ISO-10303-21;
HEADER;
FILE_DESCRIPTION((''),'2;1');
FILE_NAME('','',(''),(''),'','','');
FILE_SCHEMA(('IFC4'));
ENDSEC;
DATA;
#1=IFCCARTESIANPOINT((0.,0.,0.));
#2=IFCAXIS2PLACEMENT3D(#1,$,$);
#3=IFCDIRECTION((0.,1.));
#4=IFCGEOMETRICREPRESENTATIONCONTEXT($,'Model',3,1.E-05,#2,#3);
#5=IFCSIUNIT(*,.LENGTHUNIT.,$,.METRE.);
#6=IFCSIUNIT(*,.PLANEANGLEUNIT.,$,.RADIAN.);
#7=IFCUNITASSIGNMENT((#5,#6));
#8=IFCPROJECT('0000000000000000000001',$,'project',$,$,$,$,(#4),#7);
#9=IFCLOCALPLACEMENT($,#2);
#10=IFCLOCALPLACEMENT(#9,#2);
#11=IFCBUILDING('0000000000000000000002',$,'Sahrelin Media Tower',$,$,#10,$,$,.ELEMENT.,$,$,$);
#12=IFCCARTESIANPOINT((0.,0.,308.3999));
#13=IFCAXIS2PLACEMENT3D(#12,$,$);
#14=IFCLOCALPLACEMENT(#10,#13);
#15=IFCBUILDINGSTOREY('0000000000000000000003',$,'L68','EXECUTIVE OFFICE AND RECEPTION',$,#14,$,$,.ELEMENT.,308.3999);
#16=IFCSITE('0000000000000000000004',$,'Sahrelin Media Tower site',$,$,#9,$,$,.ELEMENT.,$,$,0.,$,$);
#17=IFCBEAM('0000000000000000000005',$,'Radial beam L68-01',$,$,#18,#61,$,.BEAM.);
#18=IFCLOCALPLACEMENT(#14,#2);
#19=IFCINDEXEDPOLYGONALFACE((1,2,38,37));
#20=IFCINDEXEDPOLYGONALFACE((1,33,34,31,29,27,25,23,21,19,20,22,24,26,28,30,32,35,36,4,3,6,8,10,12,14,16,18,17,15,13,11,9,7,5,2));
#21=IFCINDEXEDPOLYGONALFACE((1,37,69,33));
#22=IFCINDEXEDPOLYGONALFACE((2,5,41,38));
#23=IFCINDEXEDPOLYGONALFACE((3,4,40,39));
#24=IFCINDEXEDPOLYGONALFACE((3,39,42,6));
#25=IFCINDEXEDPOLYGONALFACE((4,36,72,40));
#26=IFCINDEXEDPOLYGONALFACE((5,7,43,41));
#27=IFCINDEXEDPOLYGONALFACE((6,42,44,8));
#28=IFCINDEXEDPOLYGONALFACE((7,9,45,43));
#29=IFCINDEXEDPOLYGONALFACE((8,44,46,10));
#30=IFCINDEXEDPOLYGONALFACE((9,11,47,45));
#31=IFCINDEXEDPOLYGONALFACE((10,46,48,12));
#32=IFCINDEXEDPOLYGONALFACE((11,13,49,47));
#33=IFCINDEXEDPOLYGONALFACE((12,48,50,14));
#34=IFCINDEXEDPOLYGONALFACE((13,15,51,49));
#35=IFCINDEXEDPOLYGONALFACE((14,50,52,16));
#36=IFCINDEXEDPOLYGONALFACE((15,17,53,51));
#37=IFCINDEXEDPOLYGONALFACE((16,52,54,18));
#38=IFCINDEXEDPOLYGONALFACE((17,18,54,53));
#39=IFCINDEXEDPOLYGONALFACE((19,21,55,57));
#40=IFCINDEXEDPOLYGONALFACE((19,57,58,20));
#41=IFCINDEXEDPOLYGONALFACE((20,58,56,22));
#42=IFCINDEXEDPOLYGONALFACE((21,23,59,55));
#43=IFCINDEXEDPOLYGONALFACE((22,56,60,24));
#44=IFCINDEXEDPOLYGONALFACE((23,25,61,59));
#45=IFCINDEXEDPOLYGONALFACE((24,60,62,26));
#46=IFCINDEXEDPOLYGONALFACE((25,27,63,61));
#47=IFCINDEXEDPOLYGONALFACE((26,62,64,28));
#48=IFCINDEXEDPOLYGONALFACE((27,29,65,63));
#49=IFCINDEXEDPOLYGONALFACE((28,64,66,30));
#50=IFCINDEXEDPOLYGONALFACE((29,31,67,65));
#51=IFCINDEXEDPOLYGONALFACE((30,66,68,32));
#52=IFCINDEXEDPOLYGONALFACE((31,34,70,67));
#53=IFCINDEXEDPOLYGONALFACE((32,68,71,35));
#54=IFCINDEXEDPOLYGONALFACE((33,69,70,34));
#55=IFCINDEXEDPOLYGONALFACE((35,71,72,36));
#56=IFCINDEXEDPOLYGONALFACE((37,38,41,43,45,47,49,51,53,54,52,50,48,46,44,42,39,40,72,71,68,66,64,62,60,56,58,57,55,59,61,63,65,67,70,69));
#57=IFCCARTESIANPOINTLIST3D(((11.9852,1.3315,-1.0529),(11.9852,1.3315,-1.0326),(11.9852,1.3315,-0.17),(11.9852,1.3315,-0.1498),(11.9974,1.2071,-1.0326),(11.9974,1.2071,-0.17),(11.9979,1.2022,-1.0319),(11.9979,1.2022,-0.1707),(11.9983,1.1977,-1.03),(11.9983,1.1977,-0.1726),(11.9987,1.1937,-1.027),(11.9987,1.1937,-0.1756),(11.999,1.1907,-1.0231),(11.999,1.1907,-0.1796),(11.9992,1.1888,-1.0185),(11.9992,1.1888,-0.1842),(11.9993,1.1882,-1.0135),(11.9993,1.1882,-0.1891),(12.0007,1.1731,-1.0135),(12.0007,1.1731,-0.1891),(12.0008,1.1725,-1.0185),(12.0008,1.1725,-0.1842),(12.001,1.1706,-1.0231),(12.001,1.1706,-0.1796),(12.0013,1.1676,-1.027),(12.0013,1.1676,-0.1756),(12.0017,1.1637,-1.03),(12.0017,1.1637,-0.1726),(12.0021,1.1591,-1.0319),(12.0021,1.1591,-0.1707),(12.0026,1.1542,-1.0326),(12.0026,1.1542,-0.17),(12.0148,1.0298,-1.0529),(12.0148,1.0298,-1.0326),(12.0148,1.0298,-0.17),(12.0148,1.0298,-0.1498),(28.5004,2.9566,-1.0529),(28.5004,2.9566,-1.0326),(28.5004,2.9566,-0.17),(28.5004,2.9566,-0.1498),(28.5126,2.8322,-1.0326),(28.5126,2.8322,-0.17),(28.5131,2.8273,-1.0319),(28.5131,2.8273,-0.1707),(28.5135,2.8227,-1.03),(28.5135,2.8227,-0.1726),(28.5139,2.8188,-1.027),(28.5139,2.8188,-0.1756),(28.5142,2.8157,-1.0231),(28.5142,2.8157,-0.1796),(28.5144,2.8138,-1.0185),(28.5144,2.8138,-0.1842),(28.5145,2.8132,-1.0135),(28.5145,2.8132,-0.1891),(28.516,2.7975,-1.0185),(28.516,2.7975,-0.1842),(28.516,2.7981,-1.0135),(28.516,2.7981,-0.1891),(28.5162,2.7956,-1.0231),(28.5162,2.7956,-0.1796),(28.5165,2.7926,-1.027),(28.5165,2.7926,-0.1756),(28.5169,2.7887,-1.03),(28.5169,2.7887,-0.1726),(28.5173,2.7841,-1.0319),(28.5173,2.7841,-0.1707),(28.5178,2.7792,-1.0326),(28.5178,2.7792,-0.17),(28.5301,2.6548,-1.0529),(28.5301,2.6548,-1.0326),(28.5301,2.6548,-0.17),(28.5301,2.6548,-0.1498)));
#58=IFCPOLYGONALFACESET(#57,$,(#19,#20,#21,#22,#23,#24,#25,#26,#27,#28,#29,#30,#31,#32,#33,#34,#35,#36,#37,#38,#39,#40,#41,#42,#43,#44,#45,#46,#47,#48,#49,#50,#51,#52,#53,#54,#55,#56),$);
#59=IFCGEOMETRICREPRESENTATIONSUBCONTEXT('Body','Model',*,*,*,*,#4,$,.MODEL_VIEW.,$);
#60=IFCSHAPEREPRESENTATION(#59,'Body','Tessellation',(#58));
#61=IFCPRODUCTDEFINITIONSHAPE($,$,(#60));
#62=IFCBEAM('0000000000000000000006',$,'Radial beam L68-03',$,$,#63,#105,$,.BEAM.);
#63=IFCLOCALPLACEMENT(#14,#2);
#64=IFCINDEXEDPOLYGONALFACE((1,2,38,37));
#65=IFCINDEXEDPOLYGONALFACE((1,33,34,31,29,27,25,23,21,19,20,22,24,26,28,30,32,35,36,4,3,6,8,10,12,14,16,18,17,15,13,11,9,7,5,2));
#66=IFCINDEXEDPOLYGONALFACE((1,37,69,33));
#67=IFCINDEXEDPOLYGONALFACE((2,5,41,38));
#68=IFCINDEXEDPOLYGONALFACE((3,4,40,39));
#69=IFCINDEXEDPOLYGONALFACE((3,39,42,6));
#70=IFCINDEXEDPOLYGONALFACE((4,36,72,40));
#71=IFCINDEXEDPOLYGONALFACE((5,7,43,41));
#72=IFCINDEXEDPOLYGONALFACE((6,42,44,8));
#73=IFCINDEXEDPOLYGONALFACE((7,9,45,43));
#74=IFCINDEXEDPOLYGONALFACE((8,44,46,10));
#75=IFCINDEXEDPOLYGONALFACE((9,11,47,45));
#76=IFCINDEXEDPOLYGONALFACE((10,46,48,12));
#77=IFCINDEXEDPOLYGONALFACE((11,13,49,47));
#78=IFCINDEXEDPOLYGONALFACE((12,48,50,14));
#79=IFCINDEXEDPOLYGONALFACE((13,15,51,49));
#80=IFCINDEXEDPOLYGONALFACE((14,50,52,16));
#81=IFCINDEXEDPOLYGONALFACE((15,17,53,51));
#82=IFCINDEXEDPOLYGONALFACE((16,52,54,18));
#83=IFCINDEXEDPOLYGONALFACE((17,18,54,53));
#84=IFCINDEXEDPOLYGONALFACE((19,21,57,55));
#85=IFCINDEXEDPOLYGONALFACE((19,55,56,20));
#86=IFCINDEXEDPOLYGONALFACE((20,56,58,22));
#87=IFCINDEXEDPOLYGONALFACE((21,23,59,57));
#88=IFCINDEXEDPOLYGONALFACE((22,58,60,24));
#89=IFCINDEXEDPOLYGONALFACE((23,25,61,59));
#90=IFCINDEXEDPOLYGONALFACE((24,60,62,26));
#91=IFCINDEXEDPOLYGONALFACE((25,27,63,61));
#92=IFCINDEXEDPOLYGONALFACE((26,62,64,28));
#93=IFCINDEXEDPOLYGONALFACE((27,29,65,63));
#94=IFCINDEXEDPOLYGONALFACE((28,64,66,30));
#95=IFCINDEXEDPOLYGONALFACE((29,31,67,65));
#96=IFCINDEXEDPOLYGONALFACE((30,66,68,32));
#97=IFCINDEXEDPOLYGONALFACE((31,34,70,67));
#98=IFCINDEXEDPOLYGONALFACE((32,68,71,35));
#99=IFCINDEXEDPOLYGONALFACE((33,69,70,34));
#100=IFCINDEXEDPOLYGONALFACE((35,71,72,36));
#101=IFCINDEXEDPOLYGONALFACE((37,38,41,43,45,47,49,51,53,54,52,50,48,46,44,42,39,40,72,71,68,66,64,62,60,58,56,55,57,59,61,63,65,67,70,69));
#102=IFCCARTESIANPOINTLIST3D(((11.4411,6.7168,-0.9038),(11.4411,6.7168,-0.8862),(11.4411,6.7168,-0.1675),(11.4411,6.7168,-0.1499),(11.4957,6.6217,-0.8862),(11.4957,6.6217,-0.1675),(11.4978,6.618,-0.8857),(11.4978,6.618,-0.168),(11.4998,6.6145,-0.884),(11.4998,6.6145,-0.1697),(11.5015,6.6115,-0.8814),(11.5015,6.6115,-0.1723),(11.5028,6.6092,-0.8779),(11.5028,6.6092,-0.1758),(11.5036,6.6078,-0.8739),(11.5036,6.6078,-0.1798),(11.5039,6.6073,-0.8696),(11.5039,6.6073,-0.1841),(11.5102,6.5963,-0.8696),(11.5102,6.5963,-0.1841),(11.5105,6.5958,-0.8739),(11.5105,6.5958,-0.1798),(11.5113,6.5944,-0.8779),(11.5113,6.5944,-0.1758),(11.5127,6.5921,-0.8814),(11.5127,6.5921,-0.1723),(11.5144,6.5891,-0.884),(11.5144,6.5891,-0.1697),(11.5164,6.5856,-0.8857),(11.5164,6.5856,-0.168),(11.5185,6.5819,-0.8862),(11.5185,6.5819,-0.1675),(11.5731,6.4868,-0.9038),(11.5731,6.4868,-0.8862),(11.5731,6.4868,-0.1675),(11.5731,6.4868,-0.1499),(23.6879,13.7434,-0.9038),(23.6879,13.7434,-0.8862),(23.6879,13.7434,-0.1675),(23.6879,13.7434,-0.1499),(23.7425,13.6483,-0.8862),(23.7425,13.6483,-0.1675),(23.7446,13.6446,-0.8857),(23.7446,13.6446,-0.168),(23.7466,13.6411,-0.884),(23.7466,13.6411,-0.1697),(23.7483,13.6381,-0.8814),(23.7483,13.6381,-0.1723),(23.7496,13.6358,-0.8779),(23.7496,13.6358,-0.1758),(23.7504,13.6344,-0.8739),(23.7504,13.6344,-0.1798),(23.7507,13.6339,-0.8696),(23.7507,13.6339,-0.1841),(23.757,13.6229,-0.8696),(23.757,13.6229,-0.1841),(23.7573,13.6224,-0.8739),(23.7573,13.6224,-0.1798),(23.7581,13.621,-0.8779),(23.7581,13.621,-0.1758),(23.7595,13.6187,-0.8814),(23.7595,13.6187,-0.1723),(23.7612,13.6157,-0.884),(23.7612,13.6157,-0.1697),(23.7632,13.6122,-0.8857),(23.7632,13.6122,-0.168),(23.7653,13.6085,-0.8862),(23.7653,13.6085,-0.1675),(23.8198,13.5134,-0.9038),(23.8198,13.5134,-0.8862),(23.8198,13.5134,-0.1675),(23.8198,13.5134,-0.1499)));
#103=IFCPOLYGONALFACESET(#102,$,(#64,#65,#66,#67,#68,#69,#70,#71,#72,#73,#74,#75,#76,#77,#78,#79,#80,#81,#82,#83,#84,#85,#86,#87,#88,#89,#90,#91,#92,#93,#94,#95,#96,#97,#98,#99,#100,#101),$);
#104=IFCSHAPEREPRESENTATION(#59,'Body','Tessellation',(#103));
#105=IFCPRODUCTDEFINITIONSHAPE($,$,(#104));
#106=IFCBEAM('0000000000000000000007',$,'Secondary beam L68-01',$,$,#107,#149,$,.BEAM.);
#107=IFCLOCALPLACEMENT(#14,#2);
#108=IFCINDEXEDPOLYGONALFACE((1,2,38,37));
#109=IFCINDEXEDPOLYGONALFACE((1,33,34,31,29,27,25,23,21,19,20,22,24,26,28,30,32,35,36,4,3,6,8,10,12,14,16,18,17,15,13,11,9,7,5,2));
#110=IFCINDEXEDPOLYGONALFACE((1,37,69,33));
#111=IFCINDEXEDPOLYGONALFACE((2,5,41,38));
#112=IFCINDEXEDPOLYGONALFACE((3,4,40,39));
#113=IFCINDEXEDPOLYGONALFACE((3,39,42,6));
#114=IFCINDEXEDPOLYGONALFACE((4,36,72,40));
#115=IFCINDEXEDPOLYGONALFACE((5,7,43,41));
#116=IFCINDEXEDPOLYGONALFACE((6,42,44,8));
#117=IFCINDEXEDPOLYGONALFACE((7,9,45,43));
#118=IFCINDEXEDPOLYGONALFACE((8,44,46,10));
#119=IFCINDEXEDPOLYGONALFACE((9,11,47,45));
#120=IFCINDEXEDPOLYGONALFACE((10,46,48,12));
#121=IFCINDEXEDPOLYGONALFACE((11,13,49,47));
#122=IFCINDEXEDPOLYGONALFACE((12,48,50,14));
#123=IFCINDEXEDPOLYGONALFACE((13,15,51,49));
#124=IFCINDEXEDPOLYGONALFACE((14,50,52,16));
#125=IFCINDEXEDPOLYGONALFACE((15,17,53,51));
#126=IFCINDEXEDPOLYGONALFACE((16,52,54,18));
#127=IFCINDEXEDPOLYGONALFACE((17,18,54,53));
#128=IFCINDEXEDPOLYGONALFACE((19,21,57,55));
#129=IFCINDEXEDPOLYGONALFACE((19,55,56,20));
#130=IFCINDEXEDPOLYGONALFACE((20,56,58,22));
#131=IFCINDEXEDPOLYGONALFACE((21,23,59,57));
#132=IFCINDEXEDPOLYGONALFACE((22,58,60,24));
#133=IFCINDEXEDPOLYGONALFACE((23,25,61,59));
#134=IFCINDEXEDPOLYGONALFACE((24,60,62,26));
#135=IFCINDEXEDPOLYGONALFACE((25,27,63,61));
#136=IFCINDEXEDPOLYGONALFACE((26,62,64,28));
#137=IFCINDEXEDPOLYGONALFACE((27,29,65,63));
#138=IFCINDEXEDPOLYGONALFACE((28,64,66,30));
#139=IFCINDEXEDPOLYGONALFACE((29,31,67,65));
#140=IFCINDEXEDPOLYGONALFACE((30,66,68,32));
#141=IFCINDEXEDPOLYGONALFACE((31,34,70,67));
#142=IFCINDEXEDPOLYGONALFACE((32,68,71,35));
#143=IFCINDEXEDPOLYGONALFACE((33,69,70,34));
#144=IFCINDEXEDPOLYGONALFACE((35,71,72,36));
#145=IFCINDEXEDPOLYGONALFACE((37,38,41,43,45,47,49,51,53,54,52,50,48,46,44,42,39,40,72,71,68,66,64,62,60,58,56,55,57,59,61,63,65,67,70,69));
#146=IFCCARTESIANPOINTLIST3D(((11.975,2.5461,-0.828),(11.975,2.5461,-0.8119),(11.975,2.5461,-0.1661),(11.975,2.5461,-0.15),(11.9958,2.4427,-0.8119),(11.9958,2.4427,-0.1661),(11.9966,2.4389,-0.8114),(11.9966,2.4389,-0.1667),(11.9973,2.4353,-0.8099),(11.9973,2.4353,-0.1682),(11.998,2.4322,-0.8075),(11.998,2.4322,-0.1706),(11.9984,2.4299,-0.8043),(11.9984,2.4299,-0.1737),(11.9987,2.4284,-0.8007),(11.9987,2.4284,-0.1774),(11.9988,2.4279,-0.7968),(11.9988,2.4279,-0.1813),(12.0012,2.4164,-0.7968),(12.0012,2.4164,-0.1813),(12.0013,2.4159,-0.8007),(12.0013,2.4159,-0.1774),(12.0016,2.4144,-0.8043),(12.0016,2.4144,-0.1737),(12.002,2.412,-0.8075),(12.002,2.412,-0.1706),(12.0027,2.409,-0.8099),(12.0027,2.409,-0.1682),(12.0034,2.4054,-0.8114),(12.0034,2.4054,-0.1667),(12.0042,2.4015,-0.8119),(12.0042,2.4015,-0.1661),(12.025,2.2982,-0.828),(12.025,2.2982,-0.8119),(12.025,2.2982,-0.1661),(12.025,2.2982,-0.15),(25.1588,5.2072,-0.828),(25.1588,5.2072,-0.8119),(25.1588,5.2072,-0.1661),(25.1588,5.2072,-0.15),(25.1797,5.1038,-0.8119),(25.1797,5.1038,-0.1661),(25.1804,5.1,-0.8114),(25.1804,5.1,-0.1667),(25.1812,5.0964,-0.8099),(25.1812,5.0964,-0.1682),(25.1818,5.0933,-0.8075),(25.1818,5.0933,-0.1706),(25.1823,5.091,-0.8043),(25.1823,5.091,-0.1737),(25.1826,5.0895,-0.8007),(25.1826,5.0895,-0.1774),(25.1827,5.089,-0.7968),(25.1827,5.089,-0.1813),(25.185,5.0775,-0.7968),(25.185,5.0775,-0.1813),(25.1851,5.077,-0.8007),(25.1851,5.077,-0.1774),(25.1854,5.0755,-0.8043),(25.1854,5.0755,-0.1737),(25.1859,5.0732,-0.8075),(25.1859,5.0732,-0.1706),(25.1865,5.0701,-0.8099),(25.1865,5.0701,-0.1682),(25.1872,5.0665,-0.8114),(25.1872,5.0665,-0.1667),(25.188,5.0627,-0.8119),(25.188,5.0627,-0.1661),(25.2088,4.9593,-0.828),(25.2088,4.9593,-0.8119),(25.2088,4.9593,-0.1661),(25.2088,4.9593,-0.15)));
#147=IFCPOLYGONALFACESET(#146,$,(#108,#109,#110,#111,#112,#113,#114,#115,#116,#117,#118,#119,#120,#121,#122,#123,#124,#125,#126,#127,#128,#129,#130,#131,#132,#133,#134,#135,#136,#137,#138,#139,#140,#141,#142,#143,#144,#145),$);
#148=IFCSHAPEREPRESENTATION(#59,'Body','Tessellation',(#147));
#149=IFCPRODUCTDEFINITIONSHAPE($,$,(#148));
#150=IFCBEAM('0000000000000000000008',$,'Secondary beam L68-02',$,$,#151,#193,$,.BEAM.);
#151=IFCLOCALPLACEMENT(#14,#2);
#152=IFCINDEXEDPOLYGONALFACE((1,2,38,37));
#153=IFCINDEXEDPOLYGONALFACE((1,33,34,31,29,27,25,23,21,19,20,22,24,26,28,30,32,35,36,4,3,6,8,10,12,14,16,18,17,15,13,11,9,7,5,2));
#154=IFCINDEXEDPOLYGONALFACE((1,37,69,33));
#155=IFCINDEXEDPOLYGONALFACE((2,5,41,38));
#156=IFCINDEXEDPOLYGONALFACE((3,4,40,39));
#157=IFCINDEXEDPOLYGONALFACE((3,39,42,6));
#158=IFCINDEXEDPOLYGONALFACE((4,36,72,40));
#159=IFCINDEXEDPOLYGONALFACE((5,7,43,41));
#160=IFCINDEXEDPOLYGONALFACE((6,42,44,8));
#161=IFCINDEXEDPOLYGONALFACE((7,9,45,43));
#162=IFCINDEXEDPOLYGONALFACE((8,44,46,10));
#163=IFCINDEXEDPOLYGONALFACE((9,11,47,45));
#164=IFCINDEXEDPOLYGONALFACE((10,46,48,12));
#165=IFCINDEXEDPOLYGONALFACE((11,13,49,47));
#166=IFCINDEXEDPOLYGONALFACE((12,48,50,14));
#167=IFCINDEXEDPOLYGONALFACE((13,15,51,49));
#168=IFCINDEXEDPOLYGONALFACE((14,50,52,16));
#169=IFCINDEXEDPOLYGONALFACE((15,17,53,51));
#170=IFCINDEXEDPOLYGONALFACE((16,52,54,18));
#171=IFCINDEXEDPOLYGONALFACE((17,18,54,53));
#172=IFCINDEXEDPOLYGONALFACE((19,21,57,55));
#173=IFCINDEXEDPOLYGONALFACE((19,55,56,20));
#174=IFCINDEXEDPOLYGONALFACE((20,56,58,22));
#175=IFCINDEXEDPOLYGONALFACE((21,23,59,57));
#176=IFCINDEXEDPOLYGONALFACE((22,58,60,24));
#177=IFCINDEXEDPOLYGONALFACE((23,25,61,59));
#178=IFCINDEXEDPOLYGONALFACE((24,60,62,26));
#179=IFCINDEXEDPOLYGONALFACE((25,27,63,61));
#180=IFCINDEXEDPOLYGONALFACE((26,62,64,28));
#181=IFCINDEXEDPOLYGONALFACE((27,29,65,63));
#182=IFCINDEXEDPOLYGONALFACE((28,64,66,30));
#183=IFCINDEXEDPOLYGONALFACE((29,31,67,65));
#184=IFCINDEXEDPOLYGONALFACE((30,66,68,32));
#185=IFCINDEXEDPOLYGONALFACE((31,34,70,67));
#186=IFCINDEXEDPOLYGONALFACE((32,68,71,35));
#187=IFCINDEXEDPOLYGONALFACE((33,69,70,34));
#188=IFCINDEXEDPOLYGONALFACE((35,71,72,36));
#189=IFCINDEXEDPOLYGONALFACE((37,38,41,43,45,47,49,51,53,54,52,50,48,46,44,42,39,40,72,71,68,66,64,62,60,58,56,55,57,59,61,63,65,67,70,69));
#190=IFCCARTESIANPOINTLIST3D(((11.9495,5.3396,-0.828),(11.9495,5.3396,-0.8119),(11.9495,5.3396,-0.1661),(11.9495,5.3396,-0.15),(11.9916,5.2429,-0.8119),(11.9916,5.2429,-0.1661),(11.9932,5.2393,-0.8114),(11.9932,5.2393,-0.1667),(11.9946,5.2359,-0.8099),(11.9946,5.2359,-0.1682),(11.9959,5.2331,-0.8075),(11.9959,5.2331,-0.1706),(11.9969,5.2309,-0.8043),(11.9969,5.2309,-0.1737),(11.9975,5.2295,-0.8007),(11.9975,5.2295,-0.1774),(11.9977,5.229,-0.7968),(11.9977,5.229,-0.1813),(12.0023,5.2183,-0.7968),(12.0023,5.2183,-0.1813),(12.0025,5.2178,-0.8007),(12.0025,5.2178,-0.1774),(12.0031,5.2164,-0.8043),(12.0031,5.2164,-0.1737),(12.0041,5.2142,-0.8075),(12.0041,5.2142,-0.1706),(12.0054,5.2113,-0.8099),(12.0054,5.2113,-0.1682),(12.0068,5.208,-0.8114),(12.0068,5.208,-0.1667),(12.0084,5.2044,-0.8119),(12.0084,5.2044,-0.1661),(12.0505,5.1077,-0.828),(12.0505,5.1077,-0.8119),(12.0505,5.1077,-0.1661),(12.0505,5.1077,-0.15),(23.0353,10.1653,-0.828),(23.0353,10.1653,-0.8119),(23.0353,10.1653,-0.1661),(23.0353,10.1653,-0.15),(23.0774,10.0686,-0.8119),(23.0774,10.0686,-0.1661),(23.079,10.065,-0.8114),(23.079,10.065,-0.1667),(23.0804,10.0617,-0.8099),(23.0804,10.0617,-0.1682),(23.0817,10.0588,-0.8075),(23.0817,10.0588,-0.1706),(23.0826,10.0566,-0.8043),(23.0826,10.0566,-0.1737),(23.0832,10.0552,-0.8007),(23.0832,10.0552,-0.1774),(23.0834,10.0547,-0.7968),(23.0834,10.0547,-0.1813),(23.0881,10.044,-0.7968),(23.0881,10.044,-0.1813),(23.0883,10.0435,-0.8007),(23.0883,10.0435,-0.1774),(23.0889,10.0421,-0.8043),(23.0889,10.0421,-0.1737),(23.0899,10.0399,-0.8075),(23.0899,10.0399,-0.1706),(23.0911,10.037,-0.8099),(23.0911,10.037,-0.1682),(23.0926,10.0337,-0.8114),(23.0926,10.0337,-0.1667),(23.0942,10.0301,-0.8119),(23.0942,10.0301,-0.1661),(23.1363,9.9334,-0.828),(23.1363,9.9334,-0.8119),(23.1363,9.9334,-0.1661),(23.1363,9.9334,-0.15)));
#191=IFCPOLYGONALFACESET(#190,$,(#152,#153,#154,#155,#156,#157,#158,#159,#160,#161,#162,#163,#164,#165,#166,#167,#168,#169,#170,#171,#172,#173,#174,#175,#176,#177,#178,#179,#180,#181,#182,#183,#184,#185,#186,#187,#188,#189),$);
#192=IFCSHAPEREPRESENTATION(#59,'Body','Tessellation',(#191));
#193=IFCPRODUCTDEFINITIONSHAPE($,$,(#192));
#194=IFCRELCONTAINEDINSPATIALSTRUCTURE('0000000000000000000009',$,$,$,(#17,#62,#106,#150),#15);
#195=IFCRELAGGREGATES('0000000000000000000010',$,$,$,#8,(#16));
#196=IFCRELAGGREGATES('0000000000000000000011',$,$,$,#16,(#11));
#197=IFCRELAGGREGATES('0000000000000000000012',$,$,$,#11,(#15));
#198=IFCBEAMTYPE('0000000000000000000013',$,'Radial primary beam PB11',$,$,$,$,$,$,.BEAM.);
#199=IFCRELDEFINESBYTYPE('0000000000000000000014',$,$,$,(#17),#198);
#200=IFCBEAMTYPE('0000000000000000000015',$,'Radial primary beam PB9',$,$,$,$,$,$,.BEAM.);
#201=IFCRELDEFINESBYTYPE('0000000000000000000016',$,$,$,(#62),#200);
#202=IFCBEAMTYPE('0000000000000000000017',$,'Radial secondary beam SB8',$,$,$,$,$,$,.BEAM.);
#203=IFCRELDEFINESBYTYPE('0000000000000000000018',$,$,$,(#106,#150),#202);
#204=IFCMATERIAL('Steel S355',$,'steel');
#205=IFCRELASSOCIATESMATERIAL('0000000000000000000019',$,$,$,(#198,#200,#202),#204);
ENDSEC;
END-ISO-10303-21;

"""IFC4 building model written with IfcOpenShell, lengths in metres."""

from ifc_helpers import new_model, si_unit, direction, frame, origin, origin_2d, place, context, subcontext, project, spatial, i_section, extrude, material, material_profile, profile_set, type_object, element, save


model = new_model("IFC4")

# Units and contexts
model_context = context("Model", 3, precision=1e-05, world=origin(), true_north=direction((0.0, 1.0)))
body_context = subcontext(model_context, "Body", "Model", "MODEL_VIEW")
ifc_project = project(units=[si_unit("LENGTHUNIT", "METRE"), si_unit("PLANEANGLEUNIT", "RADIAN")], contexts=[model_context])

# Site, building, storey
site_placement = place(None, origin())
site = spatial("IfcSite", under=ifc_project, at=site_placement, Name="Sahrelin Media Tower site", CompositionType="ELEMENT", RefElevation=0.0)
building_placement = place(site_placement, origin())
building = spatial("IfcBuilding", under=site, at=building_placement, Name="Sahrelin Media Tower", CompositionType="ELEMENT")
storey_placement = place(building_placement, frame((0.0, 0.0, 308.3999)))
storey = spatial("IfcBuildingStorey", under=building, at=storey_placement, Name="L68", Description="EXECUTIVE OFFICE AND RECEPTION", CompositionType="ELEMENT", Elevation=308.3999)

# Shared definitions
ifc_material_1 = material(Name="Steel S355", Category="steel")

# Beams
ifc_material_profile_1 = material_profile(ifc_material_1, i_section(OverallWidth=0.3032, OverallDepth=0.9031, WebThickness=0.0151, FlangeThickness=0.0203, FilletRadius=0.019, at=origin_2d()), Name="UB 914x305x201")
ifc_profile_set_1 = profile_set([ifc_material_profile_1], Name="Steel S355")
beam_type_1 = type_object("IfcBeamType", Name="Radial primary beam PB11", PredefinedType="BEAM", material=ifc_profile_set_1)
beam_1_placement = place(storey_placement, frame((12.0, 1.1807, -0.6013), z_axis=(0.995194, 0.097922, 0.0), x_axis=(-0.097922, 0.995194, 0.0)))
element("IfcBeam", 1, at=beam_1_placement, inside=storey, type_object=beam_type_1, Name="Radial beam L68-01", PredefinedType="BEAM", context=body_context, shape_type="SweptSolid", body=[
    extrude(i_section(OverallWidth=0.3032, OverallDepth=0.9031, WebThickness=0.0151, FlangeThickness=0.0203, FilletRadius=0.019, at=origin_2d()), origin(), (0.0, 0.0, 1.0), 16.595),
])
ifc_material_profile_2 = material_profile(ifc_material_1, i_section(OverallWidth=0.2651, OverallDepth=0.7539, WebThickness=0.0127, FlangeThickness=0.0176, FilletRadius=0.0166, at=origin_2d()), Name="UB 762x267x147")
ifc_profile_set_2 = profile_set([ifc_material_profile_2], Name="Steel S355")
beam_type_2 = type_object("IfcBeamType", Name="Radial primary beam PB9", PredefinedType="BEAM", material=ifc_profile_set_2)
beam_2_placement = place(storey_placement, frame((11.5071, 6.6018, -0.5269), z_axis=(0.867375, 0.497656, 0.0), x_axis=(-0.497656, 0.867375, 0.0)))
element("IfcBeam", 2, at=beam_2_placement, inside=storey, type_object=beam_type_2, Name="Radial beam L68-03", PredefinedType="BEAM", context=body_context, shape_type="SweptSolid", body=[
    extrude(i_section(OverallWidth=0.2651, OverallDepth=0.7539, WebThickness=0.0127, FlangeThickness=0.0176, FilletRadius=0.0166, at=origin_2d()), origin(), (0.0, 0.0, 1.0), 14.1194),
])
ifc_material_profile_3 = material_profile(ifc_material_1, i_section(OverallWidth=0.2529, OverallDepth=0.678, WebThickness=0.0117, FlangeThickness=0.0161, FilletRadius=0.0151, at=origin_2d()), Name="UB 686x254x125")
ifc_profile_set_3 = profile_set([ifc_material_profile_3], Name="Steel S355")
beam_type_3 = type_object("IfcBeamType", Name="Radial secondary beam SB8", PredefinedType="BEAM", material=ifc_profile_set_3)
beam_3_placement = place(storey_placement, frame((12.0, 2.4221, -0.489), z_axis=(0.980231, 0.197858, 0.0), x_axis=(-0.197858, 0.980231, 0.0)))
element("IfcBeam", 3, at=beam_3_placement, inside=storey, type_object=beam_type_3, Name="Secondary beam L68-01", PredefinedType="BEAM", context=body_context, shape_type="SweptSolid", body=[
    extrude(i_section(OverallWidth=0.2529, OverallDepth=0.678, WebThickness=0.0117, FlangeThickness=0.0161, FilletRadius=0.0151, at=origin_2d()), origin(), (0.0, 0.0, 1.0), 13.4497),
])
beam_4_placement = place(storey_placement, frame((12.0, 5.2236, -0.489), z_axis=(0.916894, 0.399131, 0.0), x_axis=(-0.399131, 0.916894, 0.0)))
element("IfcBeam", 4, at=beam_4_placement, inside=storey, type_object=beam_type_3, Name="Secondary beam L68-02", PredefinedType="BEAM", context=body_context, shape_type="SweptSolid", body=[
    extrude(i_section(OverallWidth=0.2529, OverallDepth=0.678, WebThickness=0.0117, FlangeThickness=0.0161, FilletRadius=0.0151, at=origin_2d()), origin(), (0.0, 0.0, 1.0), 12.0906),
])

save(model, "model.ifc")
